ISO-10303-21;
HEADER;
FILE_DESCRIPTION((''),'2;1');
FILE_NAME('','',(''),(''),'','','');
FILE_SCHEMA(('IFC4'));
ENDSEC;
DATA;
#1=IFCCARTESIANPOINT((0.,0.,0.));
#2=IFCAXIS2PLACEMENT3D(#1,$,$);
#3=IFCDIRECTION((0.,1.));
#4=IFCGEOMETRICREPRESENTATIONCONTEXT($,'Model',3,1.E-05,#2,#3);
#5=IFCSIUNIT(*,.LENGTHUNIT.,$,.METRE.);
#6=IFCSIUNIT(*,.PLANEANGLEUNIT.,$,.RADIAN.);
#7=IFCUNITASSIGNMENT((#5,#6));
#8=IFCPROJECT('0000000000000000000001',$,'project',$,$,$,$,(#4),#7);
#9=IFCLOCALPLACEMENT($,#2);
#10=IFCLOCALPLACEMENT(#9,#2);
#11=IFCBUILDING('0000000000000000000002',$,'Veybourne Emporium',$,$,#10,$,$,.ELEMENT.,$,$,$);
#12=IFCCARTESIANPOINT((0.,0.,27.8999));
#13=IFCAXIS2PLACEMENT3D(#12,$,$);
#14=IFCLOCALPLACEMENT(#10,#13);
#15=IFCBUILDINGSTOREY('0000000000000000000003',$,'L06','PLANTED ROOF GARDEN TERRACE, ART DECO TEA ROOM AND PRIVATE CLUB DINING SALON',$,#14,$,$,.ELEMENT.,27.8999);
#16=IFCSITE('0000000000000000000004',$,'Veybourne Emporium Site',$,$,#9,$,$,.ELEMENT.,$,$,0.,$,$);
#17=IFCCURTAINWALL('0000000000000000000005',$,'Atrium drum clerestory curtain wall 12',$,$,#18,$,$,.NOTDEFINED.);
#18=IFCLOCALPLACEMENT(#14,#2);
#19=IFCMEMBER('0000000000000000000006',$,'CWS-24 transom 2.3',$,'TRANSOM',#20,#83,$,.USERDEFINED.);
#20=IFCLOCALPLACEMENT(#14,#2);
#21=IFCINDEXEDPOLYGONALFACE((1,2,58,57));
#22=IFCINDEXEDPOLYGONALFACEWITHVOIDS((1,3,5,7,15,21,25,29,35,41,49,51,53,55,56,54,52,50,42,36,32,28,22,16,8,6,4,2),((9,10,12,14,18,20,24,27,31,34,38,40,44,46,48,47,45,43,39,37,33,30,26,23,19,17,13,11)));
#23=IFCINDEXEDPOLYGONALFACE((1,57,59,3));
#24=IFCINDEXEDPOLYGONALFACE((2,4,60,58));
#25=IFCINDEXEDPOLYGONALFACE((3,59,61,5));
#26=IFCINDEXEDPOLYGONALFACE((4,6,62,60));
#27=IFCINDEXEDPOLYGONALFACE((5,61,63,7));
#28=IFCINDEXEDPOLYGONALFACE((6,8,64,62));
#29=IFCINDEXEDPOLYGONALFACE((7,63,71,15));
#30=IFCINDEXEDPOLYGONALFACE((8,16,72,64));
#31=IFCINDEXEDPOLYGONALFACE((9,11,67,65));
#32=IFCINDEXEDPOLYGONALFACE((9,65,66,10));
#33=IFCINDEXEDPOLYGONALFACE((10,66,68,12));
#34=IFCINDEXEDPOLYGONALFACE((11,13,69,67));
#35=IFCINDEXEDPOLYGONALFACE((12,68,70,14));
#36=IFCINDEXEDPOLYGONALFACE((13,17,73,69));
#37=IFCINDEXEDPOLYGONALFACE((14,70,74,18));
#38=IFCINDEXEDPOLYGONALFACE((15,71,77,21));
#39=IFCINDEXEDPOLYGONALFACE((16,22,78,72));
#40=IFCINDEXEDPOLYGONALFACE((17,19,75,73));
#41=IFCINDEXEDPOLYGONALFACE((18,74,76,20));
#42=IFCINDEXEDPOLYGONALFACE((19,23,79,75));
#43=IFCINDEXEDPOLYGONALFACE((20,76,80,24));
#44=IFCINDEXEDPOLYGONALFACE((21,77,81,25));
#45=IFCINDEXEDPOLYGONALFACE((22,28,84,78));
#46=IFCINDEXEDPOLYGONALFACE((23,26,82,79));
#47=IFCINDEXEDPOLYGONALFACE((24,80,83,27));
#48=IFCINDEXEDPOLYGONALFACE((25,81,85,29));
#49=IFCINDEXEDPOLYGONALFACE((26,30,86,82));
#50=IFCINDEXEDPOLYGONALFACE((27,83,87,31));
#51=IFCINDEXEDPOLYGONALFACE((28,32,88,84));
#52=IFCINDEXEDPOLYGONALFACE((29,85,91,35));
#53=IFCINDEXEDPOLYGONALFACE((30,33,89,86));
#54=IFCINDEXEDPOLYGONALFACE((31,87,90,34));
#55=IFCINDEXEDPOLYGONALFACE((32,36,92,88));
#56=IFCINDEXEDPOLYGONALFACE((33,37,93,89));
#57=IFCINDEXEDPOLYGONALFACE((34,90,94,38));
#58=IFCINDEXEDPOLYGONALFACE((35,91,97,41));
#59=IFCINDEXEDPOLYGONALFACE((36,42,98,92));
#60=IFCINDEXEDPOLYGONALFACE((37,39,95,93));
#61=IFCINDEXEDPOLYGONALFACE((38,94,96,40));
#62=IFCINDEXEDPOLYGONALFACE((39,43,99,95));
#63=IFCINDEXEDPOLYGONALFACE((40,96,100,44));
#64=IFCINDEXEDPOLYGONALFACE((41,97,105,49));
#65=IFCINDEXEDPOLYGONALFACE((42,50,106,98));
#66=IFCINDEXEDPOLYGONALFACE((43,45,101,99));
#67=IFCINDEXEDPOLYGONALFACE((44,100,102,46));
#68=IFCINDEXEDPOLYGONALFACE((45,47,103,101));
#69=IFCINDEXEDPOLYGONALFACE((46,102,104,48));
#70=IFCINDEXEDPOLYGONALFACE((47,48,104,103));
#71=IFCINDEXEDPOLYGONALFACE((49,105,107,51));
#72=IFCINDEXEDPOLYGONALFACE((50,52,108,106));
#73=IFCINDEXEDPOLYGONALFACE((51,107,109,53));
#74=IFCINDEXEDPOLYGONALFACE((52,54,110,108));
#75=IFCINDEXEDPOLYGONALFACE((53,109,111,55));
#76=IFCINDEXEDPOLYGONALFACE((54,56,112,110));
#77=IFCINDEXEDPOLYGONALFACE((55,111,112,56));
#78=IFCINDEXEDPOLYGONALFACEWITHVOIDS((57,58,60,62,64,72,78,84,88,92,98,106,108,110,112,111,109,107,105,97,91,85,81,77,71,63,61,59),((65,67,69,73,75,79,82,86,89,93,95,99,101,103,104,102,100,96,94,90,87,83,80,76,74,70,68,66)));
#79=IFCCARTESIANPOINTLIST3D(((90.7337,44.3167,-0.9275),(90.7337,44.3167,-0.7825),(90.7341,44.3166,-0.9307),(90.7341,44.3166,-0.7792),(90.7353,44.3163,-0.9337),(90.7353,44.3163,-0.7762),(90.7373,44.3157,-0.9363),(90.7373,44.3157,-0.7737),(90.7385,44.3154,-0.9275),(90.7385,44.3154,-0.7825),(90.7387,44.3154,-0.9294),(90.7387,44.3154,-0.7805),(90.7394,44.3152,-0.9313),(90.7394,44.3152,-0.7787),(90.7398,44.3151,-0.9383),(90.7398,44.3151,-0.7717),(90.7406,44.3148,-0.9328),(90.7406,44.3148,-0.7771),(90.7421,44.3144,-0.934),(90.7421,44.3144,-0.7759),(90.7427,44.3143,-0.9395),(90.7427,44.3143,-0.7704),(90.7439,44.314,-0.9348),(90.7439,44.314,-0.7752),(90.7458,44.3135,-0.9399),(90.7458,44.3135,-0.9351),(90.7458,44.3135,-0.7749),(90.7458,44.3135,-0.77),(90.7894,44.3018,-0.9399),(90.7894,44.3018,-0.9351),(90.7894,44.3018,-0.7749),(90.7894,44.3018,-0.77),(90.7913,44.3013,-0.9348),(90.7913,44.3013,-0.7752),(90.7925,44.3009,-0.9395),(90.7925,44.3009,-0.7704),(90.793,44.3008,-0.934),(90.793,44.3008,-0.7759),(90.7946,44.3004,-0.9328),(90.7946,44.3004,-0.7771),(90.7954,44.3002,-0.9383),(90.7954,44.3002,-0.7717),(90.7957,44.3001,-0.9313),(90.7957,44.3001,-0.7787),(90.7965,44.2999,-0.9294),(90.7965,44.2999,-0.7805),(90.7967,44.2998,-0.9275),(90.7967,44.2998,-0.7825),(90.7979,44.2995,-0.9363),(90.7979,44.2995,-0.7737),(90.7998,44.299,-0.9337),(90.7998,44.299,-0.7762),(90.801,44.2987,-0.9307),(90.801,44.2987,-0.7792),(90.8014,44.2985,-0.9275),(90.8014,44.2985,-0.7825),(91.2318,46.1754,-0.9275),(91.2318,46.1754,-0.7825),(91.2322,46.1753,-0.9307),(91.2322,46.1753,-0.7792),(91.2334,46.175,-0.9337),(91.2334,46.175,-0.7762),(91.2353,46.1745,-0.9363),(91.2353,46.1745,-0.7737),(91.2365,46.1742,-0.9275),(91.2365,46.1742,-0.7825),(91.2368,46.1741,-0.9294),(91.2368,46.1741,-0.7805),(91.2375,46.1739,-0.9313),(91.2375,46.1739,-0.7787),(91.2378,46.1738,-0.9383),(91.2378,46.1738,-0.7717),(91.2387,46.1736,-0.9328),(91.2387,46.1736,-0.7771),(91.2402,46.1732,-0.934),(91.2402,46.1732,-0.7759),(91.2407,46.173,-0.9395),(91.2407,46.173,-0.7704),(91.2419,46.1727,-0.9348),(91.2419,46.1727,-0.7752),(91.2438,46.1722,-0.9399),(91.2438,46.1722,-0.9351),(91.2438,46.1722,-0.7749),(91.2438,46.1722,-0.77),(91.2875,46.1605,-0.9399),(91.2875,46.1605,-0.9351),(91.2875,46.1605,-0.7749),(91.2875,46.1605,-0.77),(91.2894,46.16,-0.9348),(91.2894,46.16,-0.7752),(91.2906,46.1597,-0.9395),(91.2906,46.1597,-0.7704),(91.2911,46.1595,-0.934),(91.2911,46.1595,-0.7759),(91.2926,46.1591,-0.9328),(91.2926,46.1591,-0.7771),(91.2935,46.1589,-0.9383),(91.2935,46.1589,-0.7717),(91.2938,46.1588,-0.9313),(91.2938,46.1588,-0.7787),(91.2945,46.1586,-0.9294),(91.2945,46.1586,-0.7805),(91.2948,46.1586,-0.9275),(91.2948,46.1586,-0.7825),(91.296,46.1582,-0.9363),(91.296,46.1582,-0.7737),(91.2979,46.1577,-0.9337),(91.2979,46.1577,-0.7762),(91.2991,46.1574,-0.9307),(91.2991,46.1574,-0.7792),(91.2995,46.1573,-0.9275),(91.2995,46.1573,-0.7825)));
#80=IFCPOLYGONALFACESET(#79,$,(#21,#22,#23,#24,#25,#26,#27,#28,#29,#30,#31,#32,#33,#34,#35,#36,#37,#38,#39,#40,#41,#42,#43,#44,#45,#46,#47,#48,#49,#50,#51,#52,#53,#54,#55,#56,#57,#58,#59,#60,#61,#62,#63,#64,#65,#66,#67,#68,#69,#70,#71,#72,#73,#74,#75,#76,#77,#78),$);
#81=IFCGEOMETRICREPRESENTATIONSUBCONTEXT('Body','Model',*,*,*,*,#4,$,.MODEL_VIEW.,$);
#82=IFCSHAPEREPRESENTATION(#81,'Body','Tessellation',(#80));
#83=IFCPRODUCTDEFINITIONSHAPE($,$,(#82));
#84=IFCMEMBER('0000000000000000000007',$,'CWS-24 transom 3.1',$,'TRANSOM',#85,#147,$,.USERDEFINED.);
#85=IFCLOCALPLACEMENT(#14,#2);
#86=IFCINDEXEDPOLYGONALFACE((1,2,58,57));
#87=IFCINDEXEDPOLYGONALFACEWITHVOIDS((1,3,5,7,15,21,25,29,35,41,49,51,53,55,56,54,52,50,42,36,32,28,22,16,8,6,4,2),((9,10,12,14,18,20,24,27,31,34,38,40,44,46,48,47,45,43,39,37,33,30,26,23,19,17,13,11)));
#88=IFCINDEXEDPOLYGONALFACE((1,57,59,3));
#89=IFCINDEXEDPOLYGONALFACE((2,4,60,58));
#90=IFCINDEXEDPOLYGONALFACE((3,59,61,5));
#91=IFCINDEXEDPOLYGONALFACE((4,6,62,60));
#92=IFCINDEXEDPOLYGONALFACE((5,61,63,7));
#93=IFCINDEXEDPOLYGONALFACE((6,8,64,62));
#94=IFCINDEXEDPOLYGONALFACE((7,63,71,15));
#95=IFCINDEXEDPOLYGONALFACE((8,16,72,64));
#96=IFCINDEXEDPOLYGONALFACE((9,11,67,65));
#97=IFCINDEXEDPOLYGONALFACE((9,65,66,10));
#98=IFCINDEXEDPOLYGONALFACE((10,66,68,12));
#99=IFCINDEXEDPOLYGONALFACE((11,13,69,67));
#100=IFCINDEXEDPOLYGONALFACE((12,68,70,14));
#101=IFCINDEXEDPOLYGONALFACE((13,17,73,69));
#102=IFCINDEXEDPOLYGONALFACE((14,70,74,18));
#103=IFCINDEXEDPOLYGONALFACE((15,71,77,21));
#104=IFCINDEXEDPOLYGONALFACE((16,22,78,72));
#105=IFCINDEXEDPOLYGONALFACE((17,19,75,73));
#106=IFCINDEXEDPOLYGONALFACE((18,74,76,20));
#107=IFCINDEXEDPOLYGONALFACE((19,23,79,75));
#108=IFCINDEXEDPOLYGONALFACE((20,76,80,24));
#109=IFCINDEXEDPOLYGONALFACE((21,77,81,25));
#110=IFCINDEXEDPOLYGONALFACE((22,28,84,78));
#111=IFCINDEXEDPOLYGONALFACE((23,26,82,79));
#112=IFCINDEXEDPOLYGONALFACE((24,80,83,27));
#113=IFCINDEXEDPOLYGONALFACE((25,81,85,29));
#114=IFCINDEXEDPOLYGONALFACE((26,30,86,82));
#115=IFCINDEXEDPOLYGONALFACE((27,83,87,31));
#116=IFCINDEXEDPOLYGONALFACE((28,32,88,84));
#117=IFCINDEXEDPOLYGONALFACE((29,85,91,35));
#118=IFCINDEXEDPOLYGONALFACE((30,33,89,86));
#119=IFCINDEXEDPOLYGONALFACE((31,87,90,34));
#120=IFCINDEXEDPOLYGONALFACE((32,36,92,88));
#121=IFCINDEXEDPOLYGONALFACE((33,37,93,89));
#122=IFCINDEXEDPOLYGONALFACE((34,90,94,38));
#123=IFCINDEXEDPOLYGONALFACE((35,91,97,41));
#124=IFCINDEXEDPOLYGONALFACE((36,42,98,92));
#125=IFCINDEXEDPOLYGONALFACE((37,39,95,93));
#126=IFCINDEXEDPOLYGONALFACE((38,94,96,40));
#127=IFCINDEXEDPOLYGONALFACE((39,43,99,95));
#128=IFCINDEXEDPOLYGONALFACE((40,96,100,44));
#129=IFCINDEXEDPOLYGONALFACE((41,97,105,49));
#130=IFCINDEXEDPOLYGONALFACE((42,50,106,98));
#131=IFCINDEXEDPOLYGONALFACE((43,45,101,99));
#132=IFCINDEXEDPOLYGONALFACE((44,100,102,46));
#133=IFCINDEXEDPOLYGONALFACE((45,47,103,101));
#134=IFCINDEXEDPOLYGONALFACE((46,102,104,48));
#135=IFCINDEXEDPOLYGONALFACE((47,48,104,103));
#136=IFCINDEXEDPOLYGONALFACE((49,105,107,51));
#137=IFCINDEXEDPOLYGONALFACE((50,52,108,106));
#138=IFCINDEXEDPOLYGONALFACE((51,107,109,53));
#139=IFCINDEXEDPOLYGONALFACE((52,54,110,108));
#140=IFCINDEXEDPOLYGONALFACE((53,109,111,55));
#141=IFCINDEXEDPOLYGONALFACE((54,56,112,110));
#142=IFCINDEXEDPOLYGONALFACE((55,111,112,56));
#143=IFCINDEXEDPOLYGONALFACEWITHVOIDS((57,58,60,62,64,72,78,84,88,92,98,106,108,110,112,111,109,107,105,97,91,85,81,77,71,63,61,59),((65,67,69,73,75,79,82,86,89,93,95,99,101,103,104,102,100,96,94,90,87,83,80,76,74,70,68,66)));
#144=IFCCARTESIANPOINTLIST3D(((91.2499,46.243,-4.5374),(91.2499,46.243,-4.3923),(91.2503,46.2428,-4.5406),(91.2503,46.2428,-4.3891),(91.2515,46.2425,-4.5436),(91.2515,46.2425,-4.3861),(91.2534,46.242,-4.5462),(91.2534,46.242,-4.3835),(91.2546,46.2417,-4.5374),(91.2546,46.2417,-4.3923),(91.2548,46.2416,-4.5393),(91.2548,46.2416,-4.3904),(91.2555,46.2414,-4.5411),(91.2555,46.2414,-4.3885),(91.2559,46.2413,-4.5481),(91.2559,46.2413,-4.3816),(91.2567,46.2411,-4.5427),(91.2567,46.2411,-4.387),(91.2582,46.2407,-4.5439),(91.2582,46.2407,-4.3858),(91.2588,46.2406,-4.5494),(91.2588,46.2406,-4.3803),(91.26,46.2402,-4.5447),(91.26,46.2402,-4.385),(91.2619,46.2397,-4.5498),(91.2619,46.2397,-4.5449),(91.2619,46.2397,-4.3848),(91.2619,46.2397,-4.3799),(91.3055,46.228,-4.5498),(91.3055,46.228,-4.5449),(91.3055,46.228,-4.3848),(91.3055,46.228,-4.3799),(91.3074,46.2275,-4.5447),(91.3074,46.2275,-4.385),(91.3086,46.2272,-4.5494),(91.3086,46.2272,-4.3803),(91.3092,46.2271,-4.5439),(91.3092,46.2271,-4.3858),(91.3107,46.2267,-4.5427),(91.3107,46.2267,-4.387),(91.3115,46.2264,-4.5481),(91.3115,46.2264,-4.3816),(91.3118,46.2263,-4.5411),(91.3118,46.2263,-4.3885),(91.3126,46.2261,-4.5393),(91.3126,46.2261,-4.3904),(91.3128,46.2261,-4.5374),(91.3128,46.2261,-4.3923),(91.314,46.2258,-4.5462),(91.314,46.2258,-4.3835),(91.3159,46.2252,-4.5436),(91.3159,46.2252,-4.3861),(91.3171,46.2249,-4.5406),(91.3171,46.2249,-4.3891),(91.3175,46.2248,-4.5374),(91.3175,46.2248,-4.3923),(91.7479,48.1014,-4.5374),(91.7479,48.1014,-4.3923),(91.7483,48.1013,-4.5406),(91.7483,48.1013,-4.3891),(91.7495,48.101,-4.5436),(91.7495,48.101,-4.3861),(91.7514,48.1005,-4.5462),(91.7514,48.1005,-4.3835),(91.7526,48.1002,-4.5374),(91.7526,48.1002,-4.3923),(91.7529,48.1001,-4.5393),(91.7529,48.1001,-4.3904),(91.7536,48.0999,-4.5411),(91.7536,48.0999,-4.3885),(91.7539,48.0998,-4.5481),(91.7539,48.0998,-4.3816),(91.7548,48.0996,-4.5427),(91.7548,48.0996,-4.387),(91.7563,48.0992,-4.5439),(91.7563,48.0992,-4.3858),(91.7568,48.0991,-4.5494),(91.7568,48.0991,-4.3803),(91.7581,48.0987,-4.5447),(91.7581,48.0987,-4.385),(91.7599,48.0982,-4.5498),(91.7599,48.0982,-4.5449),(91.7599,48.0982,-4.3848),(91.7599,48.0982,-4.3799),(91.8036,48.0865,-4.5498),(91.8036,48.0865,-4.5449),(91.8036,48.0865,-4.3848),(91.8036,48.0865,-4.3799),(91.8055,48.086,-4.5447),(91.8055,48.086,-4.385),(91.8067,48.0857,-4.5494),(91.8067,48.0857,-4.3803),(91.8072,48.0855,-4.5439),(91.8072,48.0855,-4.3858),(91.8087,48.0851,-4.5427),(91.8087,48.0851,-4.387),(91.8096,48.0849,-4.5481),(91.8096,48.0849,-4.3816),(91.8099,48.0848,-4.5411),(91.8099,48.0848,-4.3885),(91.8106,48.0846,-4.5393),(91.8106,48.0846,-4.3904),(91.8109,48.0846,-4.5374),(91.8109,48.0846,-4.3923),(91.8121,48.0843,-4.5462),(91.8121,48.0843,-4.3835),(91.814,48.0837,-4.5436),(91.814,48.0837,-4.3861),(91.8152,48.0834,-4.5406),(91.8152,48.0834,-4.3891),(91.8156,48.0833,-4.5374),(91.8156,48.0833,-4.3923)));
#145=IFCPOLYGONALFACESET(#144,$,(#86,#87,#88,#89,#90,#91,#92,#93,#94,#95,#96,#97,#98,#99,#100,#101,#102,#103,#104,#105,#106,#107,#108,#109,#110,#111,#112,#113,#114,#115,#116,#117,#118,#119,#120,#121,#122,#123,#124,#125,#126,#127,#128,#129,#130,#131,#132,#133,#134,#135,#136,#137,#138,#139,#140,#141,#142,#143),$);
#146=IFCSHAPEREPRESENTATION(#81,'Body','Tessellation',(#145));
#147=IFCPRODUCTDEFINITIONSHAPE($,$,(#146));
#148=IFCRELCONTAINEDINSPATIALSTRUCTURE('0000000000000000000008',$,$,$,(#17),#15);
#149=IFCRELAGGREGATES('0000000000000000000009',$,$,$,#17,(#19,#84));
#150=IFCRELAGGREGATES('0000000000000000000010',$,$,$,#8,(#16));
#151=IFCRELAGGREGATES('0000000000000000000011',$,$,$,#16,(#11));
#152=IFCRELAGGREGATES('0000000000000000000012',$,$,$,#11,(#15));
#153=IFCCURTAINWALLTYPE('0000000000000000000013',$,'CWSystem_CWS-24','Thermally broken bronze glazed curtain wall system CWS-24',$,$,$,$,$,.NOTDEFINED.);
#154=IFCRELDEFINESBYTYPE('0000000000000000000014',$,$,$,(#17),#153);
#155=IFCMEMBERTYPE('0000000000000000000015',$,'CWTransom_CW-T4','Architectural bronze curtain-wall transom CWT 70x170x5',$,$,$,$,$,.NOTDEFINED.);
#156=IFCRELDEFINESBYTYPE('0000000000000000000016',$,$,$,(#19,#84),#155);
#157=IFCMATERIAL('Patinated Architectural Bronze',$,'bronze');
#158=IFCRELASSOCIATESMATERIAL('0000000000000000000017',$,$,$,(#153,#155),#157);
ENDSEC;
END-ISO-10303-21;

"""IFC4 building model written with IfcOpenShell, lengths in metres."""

from ifc_helpers import new_model, si_unit, direction, frame, origin, origin_2d, place, context, subcontext, project, spatial, hollow_rectangle, extrude, material, material_profile, profile_set, type_object, element, aggregate, save


model = new_model("IFC4")

# Units and contexts
model_context = context("Model", 3, precision=1e-05, world=origin(), true_north=direction((0.0, 1.0)))
body_context = subcontext(model_context, "Body", "Model", "MODEL_VIEW")
ifc_project = project(units=[si_unit("LENGTHUNIT", "METRE"), si_unit("PLANEANGLEUNIT", "RADIAN")], contexts=[model_context])

# Site, building, storey
site_placement = place(None, origin())
site = spatial("IfcSite", under=ifc_project, at=site_placement, Name="Veybourne Emporium Site", CompositionType="ELEMENT", RefElevation=0.0)
building_placement = place(site_placement, origin())
building = spatial("IfcBuilding", under=site, at=building_placement, Name="Veybourne Emporium", CompositionType="ELEMENT")
storey_placement = place(building_placement, frame((0.0, 0.0, 27.8999)))
storey = spatial("IfcBuildingStorey", under=building, at=storey_placement, Name="L06", Description="PLANTED ROOF GARDEN TERRACE, ART DECO TEA ROOM AND PRIVATE CLUB DINING SALON", CompositionType="ELEMENT", Elevation=27.8999)

# Shared definitions
ifc_material_1 = material(Name="Patinated Architectural Bronze", Category="bronze")

# Curtain wall
curtain_wall_type_1 = type_object("IfcCurtainWallType", Name="CWSystem_CWS-24", Description="Thermally broken bronze glazed curtain wall system CWS-24", PredefinedType="NOTDEFINED", material=ifc_material_1)
curtain_wall_1_placement = place(storey_placement, origin())
curtain_wall_1 = element("IfcCurtainWall", 1, at=curtain_wall_1_placement, inside=storey, type_object=curtain_wall_type_1, Name="Atrium drum clerestory curtain wall 12", PredefinedType="NOTDEFINED")

# Members
ifc_material_profile_1 = material_profile(ifc_material_1, hollow_rectangle(XDim=0.0701, YDim=0.1699, WallThickness=0.0049, InnerFilletRadius=0.0076, OuterFilletRadius=0.0125, at=origin_2d()), Name="CWT 70x170x5")
ifc_profile_set_1 = profile_set([ifc_material_profile_1], Name="Patinated Architectural Bronze")
member_type_1 = type_object("IfcMemberType", Name="CWTransom_CW-T4", Description="Architectural bronze curtain-wall transom CWT 70x170x5", PredefinedType="NOTDEFINED", material=ifc_profile_set_1)
member_1_placement = place(storey_placement, frame((90.7676, 44.3076, -0.855), z_axis=(0.258831, 0.965923, 0.0), x_axis=(-0.965923, 0.258831, 0.0)))
member_1 = element("IfcMember", 2, at=member_1_placement, type_object=member_type_1, Name="CWS-24 transom 2.3", ObjectType="TRANSOM", PredefinedType="USERDEFINED", context=body_context, shape_type="SweptSolid", body=[
    extrude(hollow_rectangle(XDim=0.0701, YDim=0.1699, WallThickness=0.0049, InnerFilletRadius=0.0076, OuterFilletRadius=0.0125, at=origin_2d()), origin(), (0.0, 0.0, 1.0), 1.9243),
])
member_2_placement = place(storey_placement, frame((91.2837, 46.2339, -4.4648), z_axis=(0.258863, 0.965914, 0.0), x_axis=(-0.965914, 0.258863, 0.0)))
member_2 = element("IfcMember", 3, at=member_2_placement, type_object=member_type_1, Name="CWS-24 transom 3.1", ObjectType="TRANSOM", PredefinedType="USERDEFINED", context=body_context, shape_type="SweptSolid", body=[
    extrude(hollow_rectangle(XDim=0.0701, YDim=0.1699, WallThickness=0.0049, InnerFilletRadius=0.0076, OuterFilletRadius=0.0125, at=origin_2d()), origin(), (0.0, 0.0, 1.0), 1.9241),
])

aggregate(curtain_wall_1, [member_1, member_2])

save(model, "model.ifc")
